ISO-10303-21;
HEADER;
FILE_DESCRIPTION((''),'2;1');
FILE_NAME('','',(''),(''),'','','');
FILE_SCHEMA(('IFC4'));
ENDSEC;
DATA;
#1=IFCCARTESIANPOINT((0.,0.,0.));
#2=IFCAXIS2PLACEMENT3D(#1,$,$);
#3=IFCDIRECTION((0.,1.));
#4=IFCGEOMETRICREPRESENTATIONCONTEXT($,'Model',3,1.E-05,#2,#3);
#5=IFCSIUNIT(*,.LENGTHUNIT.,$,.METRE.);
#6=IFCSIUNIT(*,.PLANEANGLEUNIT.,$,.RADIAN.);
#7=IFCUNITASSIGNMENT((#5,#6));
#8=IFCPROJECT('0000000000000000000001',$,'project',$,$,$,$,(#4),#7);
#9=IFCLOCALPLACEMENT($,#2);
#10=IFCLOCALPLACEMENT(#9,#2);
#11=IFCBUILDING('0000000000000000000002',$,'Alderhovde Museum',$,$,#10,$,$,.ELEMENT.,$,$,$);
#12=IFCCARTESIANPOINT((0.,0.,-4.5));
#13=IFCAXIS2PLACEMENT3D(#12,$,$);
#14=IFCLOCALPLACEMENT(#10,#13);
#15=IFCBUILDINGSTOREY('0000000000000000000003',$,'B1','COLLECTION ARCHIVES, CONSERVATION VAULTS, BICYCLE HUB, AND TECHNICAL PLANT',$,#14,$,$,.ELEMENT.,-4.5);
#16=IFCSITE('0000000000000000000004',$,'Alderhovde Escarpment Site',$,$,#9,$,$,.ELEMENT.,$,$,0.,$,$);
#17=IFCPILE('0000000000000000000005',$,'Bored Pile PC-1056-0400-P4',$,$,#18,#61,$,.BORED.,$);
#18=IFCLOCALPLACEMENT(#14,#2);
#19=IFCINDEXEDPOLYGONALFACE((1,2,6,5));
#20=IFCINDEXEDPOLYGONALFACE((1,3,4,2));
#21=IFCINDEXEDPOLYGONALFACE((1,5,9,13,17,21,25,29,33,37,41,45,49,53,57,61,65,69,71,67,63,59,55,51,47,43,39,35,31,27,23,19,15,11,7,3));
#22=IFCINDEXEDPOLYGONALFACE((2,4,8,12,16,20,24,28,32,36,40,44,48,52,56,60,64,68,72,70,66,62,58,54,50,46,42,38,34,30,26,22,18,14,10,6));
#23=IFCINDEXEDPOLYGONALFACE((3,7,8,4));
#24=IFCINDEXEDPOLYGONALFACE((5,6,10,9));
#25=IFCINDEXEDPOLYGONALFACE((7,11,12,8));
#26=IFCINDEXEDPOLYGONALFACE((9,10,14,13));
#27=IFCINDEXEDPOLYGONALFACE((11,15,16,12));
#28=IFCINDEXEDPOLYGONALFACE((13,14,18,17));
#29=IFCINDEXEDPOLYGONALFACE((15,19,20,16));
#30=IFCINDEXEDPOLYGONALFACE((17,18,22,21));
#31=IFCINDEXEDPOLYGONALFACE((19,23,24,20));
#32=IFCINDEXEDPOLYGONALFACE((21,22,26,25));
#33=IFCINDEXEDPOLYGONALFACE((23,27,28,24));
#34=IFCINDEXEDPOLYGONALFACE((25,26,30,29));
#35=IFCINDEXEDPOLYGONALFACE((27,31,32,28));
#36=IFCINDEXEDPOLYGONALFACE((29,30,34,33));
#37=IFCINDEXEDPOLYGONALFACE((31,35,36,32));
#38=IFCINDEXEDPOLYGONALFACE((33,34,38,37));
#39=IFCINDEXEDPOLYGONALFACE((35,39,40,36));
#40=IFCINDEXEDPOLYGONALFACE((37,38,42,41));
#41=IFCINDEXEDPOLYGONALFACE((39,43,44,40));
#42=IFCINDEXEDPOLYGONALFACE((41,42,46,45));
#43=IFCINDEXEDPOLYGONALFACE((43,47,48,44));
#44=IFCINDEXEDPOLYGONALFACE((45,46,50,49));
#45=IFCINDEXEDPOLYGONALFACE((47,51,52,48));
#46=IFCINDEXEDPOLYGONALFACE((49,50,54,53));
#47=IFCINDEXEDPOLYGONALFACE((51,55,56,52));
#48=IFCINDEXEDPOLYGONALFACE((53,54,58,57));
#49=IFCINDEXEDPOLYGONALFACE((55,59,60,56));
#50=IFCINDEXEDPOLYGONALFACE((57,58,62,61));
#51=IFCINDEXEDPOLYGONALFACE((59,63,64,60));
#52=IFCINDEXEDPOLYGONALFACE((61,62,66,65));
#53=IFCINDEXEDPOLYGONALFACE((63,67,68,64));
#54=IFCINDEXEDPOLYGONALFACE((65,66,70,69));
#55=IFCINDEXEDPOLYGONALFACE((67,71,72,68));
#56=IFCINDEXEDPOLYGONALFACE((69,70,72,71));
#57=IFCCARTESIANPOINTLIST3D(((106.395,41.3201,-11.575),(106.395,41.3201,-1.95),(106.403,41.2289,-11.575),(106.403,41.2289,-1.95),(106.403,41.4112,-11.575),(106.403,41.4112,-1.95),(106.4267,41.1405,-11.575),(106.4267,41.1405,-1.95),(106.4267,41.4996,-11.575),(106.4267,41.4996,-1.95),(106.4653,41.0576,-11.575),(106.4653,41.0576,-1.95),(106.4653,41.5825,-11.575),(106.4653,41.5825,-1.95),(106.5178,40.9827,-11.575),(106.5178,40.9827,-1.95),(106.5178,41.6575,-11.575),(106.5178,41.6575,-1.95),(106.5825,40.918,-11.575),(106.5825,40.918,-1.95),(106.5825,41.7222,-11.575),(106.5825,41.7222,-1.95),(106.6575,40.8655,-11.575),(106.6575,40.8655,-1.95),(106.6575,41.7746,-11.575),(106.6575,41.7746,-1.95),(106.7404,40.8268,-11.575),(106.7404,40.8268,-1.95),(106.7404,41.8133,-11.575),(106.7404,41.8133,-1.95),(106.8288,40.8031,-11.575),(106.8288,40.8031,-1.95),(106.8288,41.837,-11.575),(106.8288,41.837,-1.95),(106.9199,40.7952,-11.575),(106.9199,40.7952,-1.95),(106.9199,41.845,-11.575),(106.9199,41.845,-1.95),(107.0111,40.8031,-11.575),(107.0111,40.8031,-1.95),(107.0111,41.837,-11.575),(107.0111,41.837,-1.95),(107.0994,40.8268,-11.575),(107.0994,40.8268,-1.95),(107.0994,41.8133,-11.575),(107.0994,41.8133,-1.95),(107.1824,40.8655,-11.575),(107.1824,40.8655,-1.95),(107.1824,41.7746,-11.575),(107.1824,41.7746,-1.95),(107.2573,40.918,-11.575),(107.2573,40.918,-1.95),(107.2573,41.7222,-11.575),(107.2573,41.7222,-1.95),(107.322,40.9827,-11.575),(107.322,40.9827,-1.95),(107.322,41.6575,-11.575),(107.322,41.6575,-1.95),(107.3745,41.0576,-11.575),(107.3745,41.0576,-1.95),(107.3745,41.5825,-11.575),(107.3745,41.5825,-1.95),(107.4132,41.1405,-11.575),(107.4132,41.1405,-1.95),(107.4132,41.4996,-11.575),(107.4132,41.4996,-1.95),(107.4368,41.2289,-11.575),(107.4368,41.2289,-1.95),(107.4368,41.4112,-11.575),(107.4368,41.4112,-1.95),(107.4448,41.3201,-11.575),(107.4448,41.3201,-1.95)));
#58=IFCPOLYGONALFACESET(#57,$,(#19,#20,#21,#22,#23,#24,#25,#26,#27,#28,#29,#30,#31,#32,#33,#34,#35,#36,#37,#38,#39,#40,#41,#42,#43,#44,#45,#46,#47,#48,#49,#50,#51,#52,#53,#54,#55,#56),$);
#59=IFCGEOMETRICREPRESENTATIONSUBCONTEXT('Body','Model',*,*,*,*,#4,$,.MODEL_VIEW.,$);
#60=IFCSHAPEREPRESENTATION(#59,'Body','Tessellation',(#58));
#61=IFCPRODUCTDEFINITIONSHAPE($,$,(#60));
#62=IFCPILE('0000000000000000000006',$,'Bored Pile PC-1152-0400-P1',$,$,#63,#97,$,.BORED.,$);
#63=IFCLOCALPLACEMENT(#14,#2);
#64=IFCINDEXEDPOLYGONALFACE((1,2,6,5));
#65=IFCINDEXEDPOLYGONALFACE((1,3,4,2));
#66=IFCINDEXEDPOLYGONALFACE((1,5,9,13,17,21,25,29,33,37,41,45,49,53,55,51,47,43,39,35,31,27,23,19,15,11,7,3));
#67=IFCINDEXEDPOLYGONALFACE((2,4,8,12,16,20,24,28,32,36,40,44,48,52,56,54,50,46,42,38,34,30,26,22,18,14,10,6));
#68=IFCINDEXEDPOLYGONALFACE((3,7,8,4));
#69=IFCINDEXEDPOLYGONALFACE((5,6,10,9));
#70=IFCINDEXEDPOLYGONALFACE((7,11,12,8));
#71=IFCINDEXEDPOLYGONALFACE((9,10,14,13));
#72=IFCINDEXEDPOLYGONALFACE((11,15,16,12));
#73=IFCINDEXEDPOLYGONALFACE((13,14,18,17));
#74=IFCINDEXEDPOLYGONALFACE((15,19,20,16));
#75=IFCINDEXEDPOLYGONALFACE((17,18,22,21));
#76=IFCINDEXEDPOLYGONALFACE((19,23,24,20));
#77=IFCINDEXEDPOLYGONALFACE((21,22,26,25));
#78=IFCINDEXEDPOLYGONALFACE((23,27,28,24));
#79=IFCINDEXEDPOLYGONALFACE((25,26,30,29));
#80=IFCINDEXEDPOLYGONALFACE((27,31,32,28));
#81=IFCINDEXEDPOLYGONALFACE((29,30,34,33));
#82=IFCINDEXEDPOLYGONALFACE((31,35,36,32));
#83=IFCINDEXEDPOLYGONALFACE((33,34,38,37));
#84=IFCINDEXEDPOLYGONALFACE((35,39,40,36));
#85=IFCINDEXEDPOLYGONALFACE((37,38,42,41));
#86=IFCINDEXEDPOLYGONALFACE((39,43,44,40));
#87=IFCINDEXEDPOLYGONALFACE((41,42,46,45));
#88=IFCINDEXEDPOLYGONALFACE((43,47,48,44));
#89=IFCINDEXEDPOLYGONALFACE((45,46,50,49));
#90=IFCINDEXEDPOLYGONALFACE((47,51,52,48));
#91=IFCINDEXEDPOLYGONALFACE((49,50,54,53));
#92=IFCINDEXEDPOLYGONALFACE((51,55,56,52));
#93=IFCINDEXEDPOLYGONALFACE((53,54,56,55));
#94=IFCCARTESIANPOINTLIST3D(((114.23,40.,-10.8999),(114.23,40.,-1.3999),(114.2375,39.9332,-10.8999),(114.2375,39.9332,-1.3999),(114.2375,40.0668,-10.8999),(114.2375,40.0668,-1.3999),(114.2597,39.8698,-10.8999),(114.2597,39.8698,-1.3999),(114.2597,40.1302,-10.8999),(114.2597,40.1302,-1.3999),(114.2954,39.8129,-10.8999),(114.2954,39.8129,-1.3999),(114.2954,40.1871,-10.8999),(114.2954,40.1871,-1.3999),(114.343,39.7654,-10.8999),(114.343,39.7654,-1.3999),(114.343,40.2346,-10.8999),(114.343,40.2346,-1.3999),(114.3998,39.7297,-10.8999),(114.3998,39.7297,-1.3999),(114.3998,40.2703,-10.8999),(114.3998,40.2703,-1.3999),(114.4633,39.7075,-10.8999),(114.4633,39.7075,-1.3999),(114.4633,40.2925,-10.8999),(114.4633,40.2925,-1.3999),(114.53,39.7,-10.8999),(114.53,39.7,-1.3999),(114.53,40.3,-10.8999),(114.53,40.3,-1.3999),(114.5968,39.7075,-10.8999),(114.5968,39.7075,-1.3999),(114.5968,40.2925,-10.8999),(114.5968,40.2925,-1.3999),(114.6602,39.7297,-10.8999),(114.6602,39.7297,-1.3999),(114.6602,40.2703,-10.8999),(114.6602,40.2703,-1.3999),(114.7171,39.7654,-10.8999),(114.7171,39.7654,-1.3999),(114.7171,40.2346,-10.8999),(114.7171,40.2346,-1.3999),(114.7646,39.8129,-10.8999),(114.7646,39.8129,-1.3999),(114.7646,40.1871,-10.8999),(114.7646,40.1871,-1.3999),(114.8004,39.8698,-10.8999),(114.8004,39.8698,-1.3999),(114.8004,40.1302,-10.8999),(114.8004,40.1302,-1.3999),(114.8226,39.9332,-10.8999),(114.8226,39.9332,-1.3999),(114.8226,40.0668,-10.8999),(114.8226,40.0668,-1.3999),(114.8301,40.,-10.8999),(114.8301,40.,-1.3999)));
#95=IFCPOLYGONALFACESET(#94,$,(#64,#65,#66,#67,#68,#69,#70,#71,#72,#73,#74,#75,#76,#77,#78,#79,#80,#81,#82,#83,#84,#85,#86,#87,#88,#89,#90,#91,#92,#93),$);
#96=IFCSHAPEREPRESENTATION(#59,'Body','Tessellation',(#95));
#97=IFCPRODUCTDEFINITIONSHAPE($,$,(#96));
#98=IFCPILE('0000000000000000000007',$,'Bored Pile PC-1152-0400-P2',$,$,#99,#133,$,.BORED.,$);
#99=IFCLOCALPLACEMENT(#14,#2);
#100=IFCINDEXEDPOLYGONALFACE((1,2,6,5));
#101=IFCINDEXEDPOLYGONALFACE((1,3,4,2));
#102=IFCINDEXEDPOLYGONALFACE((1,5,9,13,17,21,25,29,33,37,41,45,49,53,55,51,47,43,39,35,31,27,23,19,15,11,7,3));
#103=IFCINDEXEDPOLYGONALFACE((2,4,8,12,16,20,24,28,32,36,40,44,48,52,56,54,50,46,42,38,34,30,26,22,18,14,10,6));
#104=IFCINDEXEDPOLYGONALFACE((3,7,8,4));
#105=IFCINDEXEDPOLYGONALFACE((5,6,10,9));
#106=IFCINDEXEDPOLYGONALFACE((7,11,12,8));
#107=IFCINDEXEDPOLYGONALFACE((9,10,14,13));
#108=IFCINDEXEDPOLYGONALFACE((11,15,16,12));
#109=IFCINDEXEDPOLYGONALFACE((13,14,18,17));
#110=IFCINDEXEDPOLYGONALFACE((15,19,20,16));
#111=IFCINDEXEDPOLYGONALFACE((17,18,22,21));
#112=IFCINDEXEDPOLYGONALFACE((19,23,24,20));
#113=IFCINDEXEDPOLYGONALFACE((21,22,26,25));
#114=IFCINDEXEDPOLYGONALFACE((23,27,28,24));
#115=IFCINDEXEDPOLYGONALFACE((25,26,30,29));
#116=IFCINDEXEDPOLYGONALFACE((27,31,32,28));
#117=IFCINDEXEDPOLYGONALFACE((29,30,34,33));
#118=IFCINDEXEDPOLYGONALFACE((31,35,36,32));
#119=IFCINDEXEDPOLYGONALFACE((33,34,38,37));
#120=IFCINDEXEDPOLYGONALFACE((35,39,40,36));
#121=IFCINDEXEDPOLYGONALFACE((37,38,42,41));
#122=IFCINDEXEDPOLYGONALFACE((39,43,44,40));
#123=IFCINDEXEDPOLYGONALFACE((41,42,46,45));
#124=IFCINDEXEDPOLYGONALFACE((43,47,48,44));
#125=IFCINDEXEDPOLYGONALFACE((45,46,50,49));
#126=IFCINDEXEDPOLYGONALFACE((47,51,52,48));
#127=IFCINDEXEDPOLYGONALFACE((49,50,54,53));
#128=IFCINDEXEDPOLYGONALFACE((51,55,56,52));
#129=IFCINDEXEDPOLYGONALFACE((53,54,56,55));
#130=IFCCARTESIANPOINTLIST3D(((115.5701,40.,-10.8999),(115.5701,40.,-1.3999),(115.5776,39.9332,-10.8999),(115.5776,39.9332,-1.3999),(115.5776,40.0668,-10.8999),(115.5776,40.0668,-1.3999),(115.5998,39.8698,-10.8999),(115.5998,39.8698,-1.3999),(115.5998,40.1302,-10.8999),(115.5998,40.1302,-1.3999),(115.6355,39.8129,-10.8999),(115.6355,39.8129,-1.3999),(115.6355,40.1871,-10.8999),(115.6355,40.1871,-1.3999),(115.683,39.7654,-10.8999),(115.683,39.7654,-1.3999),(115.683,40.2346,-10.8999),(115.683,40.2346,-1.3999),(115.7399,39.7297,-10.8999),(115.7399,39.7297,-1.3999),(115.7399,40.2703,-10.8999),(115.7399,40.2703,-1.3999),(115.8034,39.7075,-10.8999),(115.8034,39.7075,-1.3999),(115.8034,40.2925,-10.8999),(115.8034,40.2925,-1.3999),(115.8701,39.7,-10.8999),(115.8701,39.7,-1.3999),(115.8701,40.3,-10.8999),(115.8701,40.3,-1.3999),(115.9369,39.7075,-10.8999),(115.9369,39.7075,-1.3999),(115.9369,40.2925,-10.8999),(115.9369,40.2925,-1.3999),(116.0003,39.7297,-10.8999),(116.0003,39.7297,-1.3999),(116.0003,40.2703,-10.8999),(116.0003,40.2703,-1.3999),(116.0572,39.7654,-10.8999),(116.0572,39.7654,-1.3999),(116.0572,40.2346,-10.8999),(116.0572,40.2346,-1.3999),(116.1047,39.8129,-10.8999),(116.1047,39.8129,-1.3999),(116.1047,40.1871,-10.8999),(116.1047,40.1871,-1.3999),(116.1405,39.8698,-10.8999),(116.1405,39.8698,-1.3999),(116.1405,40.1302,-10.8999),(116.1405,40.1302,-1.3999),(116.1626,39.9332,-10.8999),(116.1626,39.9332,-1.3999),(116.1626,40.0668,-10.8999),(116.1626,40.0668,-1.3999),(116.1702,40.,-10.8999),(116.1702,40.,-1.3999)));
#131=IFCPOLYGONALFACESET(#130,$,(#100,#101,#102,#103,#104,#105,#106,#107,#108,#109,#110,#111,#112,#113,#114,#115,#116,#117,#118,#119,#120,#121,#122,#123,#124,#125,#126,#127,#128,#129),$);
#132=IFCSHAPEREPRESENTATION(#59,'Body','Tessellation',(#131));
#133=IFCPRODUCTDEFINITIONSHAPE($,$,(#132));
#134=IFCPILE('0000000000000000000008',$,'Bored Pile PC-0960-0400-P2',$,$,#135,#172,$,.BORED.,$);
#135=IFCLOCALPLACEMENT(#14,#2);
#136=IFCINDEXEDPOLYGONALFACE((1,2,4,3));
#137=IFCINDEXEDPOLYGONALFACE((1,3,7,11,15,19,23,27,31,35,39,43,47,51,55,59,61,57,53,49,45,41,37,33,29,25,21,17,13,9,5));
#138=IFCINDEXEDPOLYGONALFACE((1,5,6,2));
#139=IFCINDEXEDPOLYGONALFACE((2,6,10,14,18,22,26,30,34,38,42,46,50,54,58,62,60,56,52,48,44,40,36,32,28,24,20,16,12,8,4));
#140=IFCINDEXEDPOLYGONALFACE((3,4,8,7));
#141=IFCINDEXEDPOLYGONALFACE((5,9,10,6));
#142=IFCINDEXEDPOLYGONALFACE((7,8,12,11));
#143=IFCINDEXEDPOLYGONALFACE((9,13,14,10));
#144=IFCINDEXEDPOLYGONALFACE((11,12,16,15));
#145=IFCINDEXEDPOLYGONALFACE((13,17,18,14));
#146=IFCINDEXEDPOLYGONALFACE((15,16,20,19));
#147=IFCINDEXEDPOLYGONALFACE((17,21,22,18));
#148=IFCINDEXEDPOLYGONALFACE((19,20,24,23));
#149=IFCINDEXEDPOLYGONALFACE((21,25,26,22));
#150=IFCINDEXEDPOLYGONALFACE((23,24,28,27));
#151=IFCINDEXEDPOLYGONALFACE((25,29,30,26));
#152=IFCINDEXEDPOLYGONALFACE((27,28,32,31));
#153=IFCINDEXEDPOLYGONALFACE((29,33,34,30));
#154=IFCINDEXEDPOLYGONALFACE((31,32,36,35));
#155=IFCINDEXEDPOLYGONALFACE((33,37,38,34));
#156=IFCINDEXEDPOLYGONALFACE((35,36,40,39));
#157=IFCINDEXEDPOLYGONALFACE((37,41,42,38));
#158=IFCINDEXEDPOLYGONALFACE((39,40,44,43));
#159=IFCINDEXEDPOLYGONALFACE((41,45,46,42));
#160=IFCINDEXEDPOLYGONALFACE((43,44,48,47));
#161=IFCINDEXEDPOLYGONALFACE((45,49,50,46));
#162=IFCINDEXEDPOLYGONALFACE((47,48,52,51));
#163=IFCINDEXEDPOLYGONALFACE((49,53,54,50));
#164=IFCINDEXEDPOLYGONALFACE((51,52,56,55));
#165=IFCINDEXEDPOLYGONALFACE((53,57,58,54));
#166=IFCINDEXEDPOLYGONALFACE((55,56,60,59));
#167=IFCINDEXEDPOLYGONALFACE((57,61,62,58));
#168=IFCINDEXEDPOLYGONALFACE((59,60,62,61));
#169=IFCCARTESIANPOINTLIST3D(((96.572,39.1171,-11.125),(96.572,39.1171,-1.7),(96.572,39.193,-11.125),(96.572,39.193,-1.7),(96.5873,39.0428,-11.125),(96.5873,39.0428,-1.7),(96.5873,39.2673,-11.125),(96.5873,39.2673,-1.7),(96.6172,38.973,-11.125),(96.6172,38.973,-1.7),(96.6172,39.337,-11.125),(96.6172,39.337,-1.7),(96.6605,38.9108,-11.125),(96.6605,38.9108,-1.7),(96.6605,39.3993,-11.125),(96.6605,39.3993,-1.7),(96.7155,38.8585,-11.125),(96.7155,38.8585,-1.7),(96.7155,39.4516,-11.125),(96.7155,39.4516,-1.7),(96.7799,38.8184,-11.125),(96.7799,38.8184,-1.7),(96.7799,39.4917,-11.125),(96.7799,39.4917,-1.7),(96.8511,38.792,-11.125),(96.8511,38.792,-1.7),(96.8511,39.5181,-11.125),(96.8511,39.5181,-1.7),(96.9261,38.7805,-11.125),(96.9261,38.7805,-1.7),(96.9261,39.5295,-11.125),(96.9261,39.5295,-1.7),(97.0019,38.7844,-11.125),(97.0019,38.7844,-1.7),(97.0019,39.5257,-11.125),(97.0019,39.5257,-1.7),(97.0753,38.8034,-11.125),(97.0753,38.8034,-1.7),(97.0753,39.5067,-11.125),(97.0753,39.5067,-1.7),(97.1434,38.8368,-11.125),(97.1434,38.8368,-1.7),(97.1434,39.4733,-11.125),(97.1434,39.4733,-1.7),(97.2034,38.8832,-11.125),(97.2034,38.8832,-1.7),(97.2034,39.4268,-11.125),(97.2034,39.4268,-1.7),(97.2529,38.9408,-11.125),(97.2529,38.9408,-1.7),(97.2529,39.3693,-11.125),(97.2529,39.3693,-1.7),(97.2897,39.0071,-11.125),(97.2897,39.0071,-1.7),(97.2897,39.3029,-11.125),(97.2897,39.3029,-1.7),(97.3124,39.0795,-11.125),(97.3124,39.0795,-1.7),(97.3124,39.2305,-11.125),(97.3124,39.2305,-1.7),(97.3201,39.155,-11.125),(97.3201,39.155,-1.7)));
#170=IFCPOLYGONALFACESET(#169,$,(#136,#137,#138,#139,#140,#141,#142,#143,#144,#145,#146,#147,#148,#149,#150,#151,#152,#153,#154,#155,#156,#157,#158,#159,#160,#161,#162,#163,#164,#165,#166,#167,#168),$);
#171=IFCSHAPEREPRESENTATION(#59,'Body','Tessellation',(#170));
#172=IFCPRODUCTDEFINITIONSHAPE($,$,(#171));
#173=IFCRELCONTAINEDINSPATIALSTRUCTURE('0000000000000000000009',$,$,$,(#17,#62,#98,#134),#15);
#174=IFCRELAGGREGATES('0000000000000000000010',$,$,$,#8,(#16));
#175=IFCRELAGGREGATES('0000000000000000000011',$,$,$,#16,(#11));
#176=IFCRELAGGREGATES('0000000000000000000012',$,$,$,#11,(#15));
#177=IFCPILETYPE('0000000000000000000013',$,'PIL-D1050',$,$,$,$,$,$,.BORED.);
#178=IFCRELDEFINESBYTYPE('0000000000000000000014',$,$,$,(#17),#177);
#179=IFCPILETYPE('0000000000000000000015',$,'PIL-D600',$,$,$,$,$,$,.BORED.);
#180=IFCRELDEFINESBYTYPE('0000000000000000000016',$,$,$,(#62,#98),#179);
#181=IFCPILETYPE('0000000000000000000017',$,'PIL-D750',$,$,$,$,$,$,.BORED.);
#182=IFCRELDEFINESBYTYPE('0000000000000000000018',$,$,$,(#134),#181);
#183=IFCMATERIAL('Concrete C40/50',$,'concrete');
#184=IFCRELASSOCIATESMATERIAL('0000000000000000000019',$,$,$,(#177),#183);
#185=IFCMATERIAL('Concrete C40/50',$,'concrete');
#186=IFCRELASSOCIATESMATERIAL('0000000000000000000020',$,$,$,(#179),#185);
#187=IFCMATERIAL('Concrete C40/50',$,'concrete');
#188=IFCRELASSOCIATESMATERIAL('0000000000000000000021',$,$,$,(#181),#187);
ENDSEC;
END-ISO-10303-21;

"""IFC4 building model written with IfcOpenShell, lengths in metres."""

from ifc_helpers import new_model, si_unit, direction, frame, origin, origin_2d, place, context, subcontext, project, spatial, circle, extrude, material, material_profile, profile_set, type_object, element, save


model = new_model("IFC4")

# Units and contexts
model_context = context("Model", 3, precision=1e-05, world=origin(), true_north=direction((0.0, 1.0)))
body_context = subcontext(model_context, "Body", "Model", "MODEL_VIEW")
ifc_project = project(units=[si_unit("LENGTHUNIT", "METRE"), si_unit("PLANEANGLEUNIT", "RADIAN")], contexts=[model_context])

# Site, building, storey
site_placement = place(None, origin())
site = spatial("IfcSite", under=ifc_project, at=site_placement, Name="Alderhovde Escarpment Site", CompositionType="ELEMENT", RefElevation=0.0)
building_placement = place(site_placement, origin())
building = spatial("IfcBuilding", under=site, at=building_placement, Name="Alderhovde Museum", CompositionType="ELEMENT")
storey_placement = place(building_placement, frame((0.0, 0.0, -4.5)))
storey = spatial("IfcBuildingStorey", under=building, at=storey_placement, Name="B1", Description="COLLECTION ARCHIVES, CONSERVATION VAULTS, BICYCLE HUB, AND TECHNICAL PLANT", CompositionType="ELEMENT", Elevation=-4.5)

# Piles
ifc_material_1 = material(Name="Concrete C40/50", Category="concrete")
ifc_material_profile_1 = material_profile(ifc_material_1, circle(Radius=0.5249, at=origin_2d()), Name="PILE-D1050")
ifc_profile_set_1 = profile_set([ifc_material_profile_1], Name="Concrete C40/50")
pile_type_1 = type_object("IfcPileType", Name="PIL-D1050", PredefinedType="BORED", material=ifc_profile_set_1)
for number, where, z_axis, x_axis, name in (
    (1, (106.9199, 41.3201, -1.95), (0.0, 0.0, -1.0), (1.0, 0.0, 0.0), "Bored Pile PC-1056-0400-P4"),
):
    element("IfcPile", number, at=place(storey_placement, frame(where, z_axis=z_axis, x_axis=x_axis)), inside=storey, type_object=pile_type_1, Name=name, PredefinedType="BORED", context=body_context, shape_type="SweptSolid", body=[
        extrude(circle(Radius=0.5249, at=origin_2d()), origin(), (0.0, 0.0, 1.0), 9.625),
    ])
ifc_material_2 = material(Name="Concrete C40/50", Category="concrete")
ifc_material_profile_2 = material_profile(ifc_material_2, circle(Radius=0.3, at=origin_2d()), Name="PILE-D600")
ifc_profile_set_2 = profile_set([ifc_material_profile_2], Name="Concrete C40/50")
pile_type_2 = type_object("IfcPileType", Name="PIL-D600", PredefinedType="BORED", material=ifc_profile_set_2)
for number, where, z_axis, x_axis, name in (
    (2, (114.53, 40.0, -1.3999), (0.0, 0.0, -1.0), (1.0, 0.0, 0.0), "Bored Pile PC-1152-0400-P1"),
    (3, (115.8701, 40.0, -1.3999), (0.0, 0.0, -1.0), (1.0, 0.0, 0.0), "Bored Pile PC-1152-0400-P2"),
):
    element("IfcPile", number, at=place(storey_placement, frame(where, z_axis=z_axis, x_axis=x_axis)), inside=storey, type_object=pile_type_2, Name=name, PredefinedType="BORED", context=body_context, shape_type="SweptSolid", body=[
        extrude(circle(Radius=0.3, at=origin_2d()), origin(), (0.0, 0.0, 1.0), 9.5),
    ])
ifc_material_3 = material(Name="Concrete C40/50", Category="concrete")
ifc_material_profile_3 = material_profile(ifc_material_3, circle(Radius=0.375, at=origin_2d()), Name="PILE-D750")
ifc_profile_set_3 = profile_set([ifc_material_profile_3], Name="Concrete C40/50")
pile_type_3 = type_object("IfcPileType", Name="PIL-D750", PredefinedType="BORED", material=ifc_profile_set_3)
for number, where, z_axis, x_axis, name in (
    (4, (96.9451, 39.155, -1.7), (0.0, 0.0, -1.0), (1.0, 0.0, 0.0), "Bored Pile PC-0960-0400-P2"),
):
    element("IfcPile", number, at=place(storey_placement, frame(where, z_axis=z_axis, x_axis=x_axis)), inside=storey, type_object=pile_type_3, Name=name, PredefinedType="BORED", context=body_context, shape_type="SweptSolid", body=[
        extrude(circle(Radius=0.375, at=origin_2d()), origin(), (0.0, 0.0, 1.0), 9.425),
    ])

save(model, "model.ifc")
